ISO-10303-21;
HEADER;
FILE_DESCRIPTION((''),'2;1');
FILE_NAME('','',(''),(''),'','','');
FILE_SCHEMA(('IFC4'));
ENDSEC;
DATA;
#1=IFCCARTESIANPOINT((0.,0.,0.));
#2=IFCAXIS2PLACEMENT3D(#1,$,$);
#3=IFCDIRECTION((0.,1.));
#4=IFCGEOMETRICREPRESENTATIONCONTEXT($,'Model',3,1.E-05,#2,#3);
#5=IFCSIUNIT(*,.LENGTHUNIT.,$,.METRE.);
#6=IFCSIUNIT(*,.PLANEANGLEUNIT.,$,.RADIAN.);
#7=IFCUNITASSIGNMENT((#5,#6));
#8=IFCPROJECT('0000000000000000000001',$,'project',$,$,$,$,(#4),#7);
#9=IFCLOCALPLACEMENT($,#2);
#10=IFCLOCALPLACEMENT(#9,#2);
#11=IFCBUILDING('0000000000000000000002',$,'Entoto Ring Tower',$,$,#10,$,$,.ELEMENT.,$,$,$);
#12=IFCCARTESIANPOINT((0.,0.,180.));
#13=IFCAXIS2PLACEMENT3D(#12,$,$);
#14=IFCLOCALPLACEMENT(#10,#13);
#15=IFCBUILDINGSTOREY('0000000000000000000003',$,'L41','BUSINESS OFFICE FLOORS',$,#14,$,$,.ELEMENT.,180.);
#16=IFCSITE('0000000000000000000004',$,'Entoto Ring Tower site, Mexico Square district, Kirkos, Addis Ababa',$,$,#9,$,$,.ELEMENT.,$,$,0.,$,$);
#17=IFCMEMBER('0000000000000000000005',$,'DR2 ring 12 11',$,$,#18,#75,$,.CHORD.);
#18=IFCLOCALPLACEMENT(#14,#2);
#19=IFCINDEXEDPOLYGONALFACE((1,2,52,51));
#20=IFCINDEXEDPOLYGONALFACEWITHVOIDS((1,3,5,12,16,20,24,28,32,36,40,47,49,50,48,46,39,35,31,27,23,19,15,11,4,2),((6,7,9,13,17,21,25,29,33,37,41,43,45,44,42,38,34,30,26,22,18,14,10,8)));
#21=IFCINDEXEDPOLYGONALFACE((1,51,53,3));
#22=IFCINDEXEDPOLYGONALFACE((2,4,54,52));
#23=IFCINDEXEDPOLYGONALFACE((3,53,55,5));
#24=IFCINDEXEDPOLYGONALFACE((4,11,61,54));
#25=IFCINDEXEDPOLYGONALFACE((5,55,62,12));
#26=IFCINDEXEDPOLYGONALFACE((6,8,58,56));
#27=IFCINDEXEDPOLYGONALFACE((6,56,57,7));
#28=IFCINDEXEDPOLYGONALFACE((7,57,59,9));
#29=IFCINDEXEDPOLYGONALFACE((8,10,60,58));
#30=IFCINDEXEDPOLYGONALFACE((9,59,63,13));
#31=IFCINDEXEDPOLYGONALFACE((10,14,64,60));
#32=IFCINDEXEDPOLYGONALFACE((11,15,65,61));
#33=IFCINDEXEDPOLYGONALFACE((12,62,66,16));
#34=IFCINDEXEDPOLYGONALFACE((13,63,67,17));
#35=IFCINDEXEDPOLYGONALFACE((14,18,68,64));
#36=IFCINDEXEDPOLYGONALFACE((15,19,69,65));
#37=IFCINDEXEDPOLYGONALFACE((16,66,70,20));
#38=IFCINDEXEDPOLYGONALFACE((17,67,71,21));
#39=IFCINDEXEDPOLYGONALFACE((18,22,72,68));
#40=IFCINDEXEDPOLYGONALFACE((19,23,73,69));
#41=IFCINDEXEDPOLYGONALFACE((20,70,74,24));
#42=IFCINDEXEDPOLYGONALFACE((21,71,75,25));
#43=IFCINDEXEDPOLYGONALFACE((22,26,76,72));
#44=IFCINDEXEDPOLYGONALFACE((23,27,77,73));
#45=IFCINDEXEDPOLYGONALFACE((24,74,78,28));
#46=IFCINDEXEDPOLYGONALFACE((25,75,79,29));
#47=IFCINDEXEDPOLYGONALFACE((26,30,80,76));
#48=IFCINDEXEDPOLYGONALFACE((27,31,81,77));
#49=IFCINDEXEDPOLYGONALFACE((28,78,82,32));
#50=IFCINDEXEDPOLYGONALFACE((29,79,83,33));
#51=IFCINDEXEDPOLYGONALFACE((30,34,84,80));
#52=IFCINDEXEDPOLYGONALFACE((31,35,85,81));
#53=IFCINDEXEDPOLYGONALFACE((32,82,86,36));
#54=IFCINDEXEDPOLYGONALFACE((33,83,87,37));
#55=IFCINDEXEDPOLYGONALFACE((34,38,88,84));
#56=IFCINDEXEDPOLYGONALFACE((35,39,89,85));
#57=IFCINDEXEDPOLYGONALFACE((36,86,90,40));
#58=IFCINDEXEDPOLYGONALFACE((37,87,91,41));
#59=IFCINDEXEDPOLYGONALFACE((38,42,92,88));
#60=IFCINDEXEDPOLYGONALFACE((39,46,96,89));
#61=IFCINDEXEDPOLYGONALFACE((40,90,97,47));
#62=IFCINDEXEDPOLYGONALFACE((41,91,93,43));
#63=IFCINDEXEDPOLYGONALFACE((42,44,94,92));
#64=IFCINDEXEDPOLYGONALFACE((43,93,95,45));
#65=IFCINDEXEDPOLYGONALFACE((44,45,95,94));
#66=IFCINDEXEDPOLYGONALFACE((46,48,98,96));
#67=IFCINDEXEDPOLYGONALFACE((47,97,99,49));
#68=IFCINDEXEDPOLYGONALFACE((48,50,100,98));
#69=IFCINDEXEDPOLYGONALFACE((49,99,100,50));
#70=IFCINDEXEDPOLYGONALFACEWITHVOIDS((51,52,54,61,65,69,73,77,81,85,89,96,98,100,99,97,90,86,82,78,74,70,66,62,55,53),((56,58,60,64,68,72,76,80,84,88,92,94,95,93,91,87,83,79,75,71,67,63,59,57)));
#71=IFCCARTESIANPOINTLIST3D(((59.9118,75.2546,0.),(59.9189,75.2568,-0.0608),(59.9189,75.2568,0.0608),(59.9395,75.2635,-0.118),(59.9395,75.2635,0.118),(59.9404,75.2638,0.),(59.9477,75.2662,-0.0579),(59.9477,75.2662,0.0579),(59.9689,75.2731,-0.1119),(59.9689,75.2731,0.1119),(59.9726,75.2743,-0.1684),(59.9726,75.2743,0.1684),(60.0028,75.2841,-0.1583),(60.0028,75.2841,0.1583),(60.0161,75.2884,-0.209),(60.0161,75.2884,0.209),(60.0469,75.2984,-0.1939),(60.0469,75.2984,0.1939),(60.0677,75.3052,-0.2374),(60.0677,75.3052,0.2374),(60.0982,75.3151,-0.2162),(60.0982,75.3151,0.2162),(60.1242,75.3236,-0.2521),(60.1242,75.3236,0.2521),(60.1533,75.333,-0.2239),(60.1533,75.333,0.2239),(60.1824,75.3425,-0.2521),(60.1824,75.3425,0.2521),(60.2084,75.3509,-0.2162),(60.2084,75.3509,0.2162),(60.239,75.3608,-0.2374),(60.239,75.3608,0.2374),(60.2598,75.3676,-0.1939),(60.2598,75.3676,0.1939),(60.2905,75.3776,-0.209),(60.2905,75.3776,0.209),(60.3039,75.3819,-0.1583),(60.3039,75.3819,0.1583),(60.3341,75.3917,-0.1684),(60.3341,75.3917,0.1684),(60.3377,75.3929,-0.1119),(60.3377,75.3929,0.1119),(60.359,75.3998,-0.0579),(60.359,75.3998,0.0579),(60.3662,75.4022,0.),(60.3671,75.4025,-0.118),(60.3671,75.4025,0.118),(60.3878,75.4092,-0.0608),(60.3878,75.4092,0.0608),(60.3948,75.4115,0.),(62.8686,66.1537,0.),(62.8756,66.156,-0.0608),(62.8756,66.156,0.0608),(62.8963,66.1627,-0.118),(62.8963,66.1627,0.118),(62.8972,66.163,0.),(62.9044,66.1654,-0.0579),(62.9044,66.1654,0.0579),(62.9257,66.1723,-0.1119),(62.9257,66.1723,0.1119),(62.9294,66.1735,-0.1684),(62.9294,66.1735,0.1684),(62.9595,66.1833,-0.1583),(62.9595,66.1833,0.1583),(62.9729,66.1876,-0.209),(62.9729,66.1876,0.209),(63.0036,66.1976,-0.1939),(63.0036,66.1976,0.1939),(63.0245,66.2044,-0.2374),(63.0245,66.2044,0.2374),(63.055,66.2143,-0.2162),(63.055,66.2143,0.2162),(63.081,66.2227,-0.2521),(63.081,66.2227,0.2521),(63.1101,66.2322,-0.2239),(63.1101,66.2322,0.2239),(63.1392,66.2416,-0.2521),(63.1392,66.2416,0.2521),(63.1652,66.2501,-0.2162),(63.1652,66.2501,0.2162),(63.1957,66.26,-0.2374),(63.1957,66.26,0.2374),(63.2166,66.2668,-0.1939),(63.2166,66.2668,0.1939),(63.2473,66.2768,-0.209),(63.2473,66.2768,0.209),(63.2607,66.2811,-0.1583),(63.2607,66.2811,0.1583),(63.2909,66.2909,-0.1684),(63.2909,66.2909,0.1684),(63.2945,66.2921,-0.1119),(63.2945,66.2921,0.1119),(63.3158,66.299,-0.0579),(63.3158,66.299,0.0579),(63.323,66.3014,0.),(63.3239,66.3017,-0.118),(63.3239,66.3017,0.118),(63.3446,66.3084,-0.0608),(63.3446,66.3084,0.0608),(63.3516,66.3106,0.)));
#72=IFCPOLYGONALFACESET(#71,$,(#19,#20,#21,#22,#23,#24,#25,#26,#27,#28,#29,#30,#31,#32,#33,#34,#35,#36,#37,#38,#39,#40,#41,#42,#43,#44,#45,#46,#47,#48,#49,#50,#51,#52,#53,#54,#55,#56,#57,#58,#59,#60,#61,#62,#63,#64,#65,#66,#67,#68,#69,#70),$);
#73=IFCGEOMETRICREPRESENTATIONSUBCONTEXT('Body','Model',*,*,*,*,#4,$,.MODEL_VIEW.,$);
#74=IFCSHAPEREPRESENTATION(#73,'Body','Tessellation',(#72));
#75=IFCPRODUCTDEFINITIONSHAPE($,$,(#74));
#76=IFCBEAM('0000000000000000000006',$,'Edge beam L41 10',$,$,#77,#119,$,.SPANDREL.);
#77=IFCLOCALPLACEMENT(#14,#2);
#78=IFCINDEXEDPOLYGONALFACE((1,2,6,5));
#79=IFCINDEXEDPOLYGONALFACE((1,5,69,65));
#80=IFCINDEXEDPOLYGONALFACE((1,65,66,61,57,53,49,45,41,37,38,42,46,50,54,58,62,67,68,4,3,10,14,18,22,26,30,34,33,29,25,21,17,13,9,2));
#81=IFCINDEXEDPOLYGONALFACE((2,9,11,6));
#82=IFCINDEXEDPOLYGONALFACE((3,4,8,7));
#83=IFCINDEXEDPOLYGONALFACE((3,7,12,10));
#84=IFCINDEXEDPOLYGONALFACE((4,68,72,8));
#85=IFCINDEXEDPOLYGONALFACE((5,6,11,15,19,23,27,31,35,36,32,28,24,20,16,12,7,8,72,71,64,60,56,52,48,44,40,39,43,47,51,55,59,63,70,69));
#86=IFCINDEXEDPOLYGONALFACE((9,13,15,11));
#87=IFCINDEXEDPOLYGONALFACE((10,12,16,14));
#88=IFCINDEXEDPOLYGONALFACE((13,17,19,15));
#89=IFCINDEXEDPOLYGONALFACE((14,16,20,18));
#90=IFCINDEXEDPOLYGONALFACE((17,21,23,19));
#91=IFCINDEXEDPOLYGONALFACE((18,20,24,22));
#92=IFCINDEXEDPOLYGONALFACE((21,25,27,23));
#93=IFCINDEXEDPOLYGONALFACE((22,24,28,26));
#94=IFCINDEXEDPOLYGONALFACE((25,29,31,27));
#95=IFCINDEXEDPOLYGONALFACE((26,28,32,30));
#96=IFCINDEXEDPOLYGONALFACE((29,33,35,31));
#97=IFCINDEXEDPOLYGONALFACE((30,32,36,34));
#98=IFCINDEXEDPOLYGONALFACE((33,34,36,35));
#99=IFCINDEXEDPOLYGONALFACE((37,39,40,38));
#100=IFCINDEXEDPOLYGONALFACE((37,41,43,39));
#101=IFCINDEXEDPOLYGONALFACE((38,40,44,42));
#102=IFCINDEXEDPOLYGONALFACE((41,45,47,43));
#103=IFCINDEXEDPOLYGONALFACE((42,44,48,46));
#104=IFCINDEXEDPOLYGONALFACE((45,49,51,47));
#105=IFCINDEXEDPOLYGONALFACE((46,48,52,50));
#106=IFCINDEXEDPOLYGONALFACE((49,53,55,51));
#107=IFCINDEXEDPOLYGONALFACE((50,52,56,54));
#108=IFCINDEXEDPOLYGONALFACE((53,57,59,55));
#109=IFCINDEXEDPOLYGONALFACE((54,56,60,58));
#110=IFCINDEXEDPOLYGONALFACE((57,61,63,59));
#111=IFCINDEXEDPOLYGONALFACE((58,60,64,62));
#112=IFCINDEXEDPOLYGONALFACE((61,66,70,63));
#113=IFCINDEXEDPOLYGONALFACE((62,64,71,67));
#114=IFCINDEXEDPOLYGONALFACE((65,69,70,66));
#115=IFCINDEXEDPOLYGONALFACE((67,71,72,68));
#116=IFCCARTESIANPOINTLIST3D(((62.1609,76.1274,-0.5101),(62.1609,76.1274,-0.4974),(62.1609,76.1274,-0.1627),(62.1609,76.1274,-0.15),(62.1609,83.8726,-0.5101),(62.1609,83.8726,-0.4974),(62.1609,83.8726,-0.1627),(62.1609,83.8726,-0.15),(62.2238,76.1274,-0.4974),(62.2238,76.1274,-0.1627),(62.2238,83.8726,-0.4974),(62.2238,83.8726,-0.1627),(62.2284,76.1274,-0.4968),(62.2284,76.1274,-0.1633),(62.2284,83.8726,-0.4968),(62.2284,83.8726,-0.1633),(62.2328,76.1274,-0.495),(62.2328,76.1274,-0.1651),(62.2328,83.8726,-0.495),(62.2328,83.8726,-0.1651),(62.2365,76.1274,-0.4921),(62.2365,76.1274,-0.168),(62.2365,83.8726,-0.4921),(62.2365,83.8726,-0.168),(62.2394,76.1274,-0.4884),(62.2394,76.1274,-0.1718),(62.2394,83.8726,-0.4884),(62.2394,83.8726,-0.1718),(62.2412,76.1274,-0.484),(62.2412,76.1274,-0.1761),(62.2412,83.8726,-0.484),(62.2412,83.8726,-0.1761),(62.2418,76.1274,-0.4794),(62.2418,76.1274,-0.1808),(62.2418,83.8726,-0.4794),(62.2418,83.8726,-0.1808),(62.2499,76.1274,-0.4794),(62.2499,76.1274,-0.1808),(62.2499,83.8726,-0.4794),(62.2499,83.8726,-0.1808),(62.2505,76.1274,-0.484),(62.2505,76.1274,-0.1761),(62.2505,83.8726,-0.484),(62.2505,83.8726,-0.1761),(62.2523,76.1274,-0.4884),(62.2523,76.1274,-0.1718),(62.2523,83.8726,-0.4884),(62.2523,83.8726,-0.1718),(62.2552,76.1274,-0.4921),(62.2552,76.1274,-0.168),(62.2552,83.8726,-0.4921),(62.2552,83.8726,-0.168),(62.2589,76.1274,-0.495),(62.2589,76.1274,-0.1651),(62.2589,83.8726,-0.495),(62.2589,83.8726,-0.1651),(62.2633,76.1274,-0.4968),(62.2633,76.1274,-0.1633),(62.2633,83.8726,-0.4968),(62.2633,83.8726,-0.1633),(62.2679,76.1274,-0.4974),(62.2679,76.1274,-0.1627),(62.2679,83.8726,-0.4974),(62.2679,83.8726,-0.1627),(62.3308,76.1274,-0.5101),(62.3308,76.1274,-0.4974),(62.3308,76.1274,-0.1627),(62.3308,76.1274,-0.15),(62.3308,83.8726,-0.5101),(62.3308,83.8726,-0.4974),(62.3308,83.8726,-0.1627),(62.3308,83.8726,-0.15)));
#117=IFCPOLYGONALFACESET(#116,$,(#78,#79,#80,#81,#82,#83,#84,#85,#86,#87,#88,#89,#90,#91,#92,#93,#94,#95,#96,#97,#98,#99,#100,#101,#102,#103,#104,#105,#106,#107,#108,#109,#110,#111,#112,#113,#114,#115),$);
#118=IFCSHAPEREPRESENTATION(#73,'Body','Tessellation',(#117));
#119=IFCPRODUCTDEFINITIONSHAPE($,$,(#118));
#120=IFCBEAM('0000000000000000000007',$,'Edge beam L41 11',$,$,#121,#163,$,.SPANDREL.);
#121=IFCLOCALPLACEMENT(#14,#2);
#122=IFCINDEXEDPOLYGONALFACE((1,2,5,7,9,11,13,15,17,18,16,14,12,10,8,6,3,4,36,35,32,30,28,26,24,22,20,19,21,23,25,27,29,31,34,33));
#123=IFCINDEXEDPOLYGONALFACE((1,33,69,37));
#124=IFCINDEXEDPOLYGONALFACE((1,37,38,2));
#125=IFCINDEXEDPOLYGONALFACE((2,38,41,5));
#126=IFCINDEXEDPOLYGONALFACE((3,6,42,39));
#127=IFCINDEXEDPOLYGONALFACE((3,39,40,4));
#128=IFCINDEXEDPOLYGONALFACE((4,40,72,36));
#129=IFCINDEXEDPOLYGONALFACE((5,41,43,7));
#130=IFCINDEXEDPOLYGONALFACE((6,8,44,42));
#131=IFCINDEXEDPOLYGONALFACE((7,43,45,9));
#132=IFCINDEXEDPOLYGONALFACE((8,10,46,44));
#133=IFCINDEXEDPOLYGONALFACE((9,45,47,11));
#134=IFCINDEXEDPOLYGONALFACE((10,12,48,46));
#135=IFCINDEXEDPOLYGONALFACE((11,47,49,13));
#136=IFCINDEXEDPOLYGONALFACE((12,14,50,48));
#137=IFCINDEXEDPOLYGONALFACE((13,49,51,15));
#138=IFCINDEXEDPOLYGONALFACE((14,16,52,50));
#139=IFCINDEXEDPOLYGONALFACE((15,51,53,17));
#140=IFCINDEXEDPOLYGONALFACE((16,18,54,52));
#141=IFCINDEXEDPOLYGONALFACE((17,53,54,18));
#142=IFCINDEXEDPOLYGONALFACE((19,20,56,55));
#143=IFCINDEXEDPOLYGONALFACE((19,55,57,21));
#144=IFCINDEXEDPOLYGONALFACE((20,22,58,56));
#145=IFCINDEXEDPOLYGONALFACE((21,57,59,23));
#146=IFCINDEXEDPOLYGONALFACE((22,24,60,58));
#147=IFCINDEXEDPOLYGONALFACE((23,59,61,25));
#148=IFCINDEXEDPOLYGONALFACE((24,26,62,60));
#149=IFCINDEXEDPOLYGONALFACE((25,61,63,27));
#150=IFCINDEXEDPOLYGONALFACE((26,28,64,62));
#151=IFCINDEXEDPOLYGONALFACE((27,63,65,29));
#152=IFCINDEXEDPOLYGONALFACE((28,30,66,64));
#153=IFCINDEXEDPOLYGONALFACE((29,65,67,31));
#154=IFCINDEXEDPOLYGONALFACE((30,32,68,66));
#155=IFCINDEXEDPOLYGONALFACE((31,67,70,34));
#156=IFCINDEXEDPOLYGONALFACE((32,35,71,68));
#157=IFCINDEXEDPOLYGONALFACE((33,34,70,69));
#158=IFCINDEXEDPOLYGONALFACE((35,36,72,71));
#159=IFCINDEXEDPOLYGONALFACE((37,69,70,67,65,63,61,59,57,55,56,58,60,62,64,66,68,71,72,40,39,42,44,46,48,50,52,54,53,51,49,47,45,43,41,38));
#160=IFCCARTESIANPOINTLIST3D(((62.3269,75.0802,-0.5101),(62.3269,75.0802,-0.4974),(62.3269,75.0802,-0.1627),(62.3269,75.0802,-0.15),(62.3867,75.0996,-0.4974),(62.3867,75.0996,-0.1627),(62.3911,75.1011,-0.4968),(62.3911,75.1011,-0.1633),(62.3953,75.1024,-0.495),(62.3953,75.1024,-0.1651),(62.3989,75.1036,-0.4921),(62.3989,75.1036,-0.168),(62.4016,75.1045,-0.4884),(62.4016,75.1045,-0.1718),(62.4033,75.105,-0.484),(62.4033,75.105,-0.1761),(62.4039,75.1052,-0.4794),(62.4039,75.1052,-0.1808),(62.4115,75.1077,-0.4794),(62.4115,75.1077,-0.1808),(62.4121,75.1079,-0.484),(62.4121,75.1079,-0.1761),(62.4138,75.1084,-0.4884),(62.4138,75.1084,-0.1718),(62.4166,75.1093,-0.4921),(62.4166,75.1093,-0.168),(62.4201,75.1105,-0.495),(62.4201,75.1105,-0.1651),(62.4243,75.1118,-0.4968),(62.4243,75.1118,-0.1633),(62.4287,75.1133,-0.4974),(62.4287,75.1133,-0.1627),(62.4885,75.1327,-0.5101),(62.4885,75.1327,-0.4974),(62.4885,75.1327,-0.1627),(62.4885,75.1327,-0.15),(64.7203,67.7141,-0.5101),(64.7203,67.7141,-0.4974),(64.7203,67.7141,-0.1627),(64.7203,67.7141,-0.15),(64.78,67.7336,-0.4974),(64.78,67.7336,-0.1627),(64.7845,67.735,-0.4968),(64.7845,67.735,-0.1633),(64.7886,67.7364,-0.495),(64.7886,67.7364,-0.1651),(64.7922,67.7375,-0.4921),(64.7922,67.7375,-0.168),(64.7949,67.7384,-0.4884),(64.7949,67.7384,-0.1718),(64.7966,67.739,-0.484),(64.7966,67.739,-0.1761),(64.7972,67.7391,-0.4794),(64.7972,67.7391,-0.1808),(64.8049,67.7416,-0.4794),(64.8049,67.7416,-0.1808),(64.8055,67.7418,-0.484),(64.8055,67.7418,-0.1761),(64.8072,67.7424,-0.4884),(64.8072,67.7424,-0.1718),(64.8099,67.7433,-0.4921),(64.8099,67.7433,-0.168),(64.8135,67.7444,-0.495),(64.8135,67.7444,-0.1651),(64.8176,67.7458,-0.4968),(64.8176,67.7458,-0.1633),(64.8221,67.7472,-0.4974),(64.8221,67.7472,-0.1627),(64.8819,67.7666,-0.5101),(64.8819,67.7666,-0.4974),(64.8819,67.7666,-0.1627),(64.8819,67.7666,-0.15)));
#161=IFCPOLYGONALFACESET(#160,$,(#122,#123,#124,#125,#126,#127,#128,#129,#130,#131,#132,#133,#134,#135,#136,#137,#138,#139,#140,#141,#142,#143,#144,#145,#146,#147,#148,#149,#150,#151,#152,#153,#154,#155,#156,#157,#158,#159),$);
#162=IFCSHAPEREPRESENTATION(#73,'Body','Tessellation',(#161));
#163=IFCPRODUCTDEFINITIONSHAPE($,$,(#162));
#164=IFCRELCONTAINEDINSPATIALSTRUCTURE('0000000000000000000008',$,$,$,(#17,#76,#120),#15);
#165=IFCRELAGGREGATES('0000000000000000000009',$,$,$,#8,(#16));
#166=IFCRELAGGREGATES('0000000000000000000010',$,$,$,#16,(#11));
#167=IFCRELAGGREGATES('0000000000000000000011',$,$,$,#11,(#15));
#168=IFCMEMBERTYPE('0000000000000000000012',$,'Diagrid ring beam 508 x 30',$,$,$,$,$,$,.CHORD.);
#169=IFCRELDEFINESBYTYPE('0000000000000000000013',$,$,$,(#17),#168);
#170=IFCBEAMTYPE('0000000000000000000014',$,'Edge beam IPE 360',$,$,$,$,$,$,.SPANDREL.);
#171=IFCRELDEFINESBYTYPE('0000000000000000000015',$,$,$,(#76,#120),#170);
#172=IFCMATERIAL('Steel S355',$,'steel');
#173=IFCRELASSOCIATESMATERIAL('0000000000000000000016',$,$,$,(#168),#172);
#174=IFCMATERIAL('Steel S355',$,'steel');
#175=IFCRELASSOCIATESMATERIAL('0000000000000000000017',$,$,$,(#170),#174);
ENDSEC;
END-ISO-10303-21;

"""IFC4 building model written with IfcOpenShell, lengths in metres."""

from ifc_helpers import new_model, si_unit, direction, frame, origin, origin_2d, place, context, subcontext, project, spatial, circle, hollow_circle, i_section, extrude, material, material_profile, profile_set, type_object, element, save


model = new_model("IFC4")

# Units and contexts
model_context = context("Model", 3, precision=1e-05, world=origin(), true_north=direction((0.0, 1.0)))
body_context = subcontext(model_context, "Body", "Model", "MODEL_VIEW")
ifc_project = project(units=[si_unit("LENGTHUNIT", "METRE"), si_unit("PLANEANGLEUNIT", "RADIAN")], contexts=[model_context])

# Site, building, storey
site_placement = place(None, origin())
site = spatial("IfcSite", under=ifc_project, at=site_placement, Name="Entoto Ring Tower site, Mexico Square district, Kirkos, Addis Ababa", CompositionType="ELEMENT", RefElevation=0.0)
building_placement = place(site_placement, origin())
building = spatial("IfcBuilding", under=site, at=building_placement, Name="Entoto Ring Tower", CompositionType="ELEMENT")
storey_placement = place(building_placement, frame((0.0, 0.0, 180.0)))
storey = spatial("IfcBuildingStorey", under=building, at=storey_placement, Name="L41", Description="BUSINESS OFFICE FLOORS", CompositionType="ELEMENT", Elevation=180.0)

# Member
ifc_material_1 = material(Name="Steel S355", Category="steel")
ifc_material_profile_1 = material_profile(ifc_material_1, hollow_circle(Radius=0.2539, WallThickness=0.03, at=origin_2d()), Name="CHS 508 x 30")
ifc_material_2 = material(Name="Concrete C60/75", Category="concrete")
ifc_material_profile_2 = material_profile(ifc_material_2, circle(Radius=0.2241, at=origin_2d()), Name="Concrete C60/75 infill")
ifc_profile_set_1 = profile_set([ifc_material_profile_1, ifc_material_profile_2], Name="Steel S355")
member_type_1 = type_object("IfcMemberType", Name="Diagrid ring beam 508 x 30", PredefinedType="CHORD", material=ifc_profile_set_1)
member_1_placement = place(storey_placement, frame((60.1533, 75.333, 0.0), z_axis=(0.308993, -0.951064, 0.0), x_axis=(0.951064, 0.308993, 0.0)))
element("IfcMember", 1, at=member_1_placement, inside=storey, type_object=member_type_1, Name="DR2 ring 12 11", PredefinedType="CHORD", context=body_context, shape_type="SweptSolid", body=[
    extrude(hollow_circle(Radius=0.2539, WallThickness=0.03, at=origin_2d()), origin(), (0.0, 0.0, 1.0), 9.5691),
])

# Beams
ifc_material_3 = material(Name="Steel S355", Category="steel")
ifc_material_profile_3 = material_profile(ifc_material_3, i_section(OverallWidth=0.1699, OverallDepth=0.3601, WebThickness=0.0081, FlangeThickness=0.0127, FilletRadius=0.0181, at=origin_2d()), Name="IPE 360")
ifc_profile_set_2 = profile_set([ifc_material_profile_3], Name="Steel S355")
beam_type_1 = type_object("IfcBeamType", Name="Edge beam IPE 360", PredefinedType="SPANDREL", material=ifc_profile_set_2)
for number, where, z_axis, x_axis, name in (
    (2, (62.2458, 83.8726, -0.3301), (0.0, -1.0, 0.0), (1.0, 0.0, 0.0), "Edge beam L41 10"),
    (3, (62.4077, 75.1064, -0.3301), (0.309013, -0.951058, 0.0), (0.951058, 0.309013, 0.0), "Edge beam L41 11"),
):
    element("IfcBeam", number, at=place(storey_placement, frame(where, z_axis=z_axis, x_axis=x_axis)), inside=storey, type_object=beam_type_1, Name=name, PredefinedType="SPANDREL", context=body_context, shape_type="SweptSolid", body=[
        extrude(i_section(OverallWidth=0.1699, OverallDepth=0.3601, WebThickness=0.0081, FlangeThickness=0.0127, FilletRadius=0.0181, at=origin_2d()), origin(), (0.0, 0.0, 1.0), 7.7451),
    ])

save(model, "model.ifc")
